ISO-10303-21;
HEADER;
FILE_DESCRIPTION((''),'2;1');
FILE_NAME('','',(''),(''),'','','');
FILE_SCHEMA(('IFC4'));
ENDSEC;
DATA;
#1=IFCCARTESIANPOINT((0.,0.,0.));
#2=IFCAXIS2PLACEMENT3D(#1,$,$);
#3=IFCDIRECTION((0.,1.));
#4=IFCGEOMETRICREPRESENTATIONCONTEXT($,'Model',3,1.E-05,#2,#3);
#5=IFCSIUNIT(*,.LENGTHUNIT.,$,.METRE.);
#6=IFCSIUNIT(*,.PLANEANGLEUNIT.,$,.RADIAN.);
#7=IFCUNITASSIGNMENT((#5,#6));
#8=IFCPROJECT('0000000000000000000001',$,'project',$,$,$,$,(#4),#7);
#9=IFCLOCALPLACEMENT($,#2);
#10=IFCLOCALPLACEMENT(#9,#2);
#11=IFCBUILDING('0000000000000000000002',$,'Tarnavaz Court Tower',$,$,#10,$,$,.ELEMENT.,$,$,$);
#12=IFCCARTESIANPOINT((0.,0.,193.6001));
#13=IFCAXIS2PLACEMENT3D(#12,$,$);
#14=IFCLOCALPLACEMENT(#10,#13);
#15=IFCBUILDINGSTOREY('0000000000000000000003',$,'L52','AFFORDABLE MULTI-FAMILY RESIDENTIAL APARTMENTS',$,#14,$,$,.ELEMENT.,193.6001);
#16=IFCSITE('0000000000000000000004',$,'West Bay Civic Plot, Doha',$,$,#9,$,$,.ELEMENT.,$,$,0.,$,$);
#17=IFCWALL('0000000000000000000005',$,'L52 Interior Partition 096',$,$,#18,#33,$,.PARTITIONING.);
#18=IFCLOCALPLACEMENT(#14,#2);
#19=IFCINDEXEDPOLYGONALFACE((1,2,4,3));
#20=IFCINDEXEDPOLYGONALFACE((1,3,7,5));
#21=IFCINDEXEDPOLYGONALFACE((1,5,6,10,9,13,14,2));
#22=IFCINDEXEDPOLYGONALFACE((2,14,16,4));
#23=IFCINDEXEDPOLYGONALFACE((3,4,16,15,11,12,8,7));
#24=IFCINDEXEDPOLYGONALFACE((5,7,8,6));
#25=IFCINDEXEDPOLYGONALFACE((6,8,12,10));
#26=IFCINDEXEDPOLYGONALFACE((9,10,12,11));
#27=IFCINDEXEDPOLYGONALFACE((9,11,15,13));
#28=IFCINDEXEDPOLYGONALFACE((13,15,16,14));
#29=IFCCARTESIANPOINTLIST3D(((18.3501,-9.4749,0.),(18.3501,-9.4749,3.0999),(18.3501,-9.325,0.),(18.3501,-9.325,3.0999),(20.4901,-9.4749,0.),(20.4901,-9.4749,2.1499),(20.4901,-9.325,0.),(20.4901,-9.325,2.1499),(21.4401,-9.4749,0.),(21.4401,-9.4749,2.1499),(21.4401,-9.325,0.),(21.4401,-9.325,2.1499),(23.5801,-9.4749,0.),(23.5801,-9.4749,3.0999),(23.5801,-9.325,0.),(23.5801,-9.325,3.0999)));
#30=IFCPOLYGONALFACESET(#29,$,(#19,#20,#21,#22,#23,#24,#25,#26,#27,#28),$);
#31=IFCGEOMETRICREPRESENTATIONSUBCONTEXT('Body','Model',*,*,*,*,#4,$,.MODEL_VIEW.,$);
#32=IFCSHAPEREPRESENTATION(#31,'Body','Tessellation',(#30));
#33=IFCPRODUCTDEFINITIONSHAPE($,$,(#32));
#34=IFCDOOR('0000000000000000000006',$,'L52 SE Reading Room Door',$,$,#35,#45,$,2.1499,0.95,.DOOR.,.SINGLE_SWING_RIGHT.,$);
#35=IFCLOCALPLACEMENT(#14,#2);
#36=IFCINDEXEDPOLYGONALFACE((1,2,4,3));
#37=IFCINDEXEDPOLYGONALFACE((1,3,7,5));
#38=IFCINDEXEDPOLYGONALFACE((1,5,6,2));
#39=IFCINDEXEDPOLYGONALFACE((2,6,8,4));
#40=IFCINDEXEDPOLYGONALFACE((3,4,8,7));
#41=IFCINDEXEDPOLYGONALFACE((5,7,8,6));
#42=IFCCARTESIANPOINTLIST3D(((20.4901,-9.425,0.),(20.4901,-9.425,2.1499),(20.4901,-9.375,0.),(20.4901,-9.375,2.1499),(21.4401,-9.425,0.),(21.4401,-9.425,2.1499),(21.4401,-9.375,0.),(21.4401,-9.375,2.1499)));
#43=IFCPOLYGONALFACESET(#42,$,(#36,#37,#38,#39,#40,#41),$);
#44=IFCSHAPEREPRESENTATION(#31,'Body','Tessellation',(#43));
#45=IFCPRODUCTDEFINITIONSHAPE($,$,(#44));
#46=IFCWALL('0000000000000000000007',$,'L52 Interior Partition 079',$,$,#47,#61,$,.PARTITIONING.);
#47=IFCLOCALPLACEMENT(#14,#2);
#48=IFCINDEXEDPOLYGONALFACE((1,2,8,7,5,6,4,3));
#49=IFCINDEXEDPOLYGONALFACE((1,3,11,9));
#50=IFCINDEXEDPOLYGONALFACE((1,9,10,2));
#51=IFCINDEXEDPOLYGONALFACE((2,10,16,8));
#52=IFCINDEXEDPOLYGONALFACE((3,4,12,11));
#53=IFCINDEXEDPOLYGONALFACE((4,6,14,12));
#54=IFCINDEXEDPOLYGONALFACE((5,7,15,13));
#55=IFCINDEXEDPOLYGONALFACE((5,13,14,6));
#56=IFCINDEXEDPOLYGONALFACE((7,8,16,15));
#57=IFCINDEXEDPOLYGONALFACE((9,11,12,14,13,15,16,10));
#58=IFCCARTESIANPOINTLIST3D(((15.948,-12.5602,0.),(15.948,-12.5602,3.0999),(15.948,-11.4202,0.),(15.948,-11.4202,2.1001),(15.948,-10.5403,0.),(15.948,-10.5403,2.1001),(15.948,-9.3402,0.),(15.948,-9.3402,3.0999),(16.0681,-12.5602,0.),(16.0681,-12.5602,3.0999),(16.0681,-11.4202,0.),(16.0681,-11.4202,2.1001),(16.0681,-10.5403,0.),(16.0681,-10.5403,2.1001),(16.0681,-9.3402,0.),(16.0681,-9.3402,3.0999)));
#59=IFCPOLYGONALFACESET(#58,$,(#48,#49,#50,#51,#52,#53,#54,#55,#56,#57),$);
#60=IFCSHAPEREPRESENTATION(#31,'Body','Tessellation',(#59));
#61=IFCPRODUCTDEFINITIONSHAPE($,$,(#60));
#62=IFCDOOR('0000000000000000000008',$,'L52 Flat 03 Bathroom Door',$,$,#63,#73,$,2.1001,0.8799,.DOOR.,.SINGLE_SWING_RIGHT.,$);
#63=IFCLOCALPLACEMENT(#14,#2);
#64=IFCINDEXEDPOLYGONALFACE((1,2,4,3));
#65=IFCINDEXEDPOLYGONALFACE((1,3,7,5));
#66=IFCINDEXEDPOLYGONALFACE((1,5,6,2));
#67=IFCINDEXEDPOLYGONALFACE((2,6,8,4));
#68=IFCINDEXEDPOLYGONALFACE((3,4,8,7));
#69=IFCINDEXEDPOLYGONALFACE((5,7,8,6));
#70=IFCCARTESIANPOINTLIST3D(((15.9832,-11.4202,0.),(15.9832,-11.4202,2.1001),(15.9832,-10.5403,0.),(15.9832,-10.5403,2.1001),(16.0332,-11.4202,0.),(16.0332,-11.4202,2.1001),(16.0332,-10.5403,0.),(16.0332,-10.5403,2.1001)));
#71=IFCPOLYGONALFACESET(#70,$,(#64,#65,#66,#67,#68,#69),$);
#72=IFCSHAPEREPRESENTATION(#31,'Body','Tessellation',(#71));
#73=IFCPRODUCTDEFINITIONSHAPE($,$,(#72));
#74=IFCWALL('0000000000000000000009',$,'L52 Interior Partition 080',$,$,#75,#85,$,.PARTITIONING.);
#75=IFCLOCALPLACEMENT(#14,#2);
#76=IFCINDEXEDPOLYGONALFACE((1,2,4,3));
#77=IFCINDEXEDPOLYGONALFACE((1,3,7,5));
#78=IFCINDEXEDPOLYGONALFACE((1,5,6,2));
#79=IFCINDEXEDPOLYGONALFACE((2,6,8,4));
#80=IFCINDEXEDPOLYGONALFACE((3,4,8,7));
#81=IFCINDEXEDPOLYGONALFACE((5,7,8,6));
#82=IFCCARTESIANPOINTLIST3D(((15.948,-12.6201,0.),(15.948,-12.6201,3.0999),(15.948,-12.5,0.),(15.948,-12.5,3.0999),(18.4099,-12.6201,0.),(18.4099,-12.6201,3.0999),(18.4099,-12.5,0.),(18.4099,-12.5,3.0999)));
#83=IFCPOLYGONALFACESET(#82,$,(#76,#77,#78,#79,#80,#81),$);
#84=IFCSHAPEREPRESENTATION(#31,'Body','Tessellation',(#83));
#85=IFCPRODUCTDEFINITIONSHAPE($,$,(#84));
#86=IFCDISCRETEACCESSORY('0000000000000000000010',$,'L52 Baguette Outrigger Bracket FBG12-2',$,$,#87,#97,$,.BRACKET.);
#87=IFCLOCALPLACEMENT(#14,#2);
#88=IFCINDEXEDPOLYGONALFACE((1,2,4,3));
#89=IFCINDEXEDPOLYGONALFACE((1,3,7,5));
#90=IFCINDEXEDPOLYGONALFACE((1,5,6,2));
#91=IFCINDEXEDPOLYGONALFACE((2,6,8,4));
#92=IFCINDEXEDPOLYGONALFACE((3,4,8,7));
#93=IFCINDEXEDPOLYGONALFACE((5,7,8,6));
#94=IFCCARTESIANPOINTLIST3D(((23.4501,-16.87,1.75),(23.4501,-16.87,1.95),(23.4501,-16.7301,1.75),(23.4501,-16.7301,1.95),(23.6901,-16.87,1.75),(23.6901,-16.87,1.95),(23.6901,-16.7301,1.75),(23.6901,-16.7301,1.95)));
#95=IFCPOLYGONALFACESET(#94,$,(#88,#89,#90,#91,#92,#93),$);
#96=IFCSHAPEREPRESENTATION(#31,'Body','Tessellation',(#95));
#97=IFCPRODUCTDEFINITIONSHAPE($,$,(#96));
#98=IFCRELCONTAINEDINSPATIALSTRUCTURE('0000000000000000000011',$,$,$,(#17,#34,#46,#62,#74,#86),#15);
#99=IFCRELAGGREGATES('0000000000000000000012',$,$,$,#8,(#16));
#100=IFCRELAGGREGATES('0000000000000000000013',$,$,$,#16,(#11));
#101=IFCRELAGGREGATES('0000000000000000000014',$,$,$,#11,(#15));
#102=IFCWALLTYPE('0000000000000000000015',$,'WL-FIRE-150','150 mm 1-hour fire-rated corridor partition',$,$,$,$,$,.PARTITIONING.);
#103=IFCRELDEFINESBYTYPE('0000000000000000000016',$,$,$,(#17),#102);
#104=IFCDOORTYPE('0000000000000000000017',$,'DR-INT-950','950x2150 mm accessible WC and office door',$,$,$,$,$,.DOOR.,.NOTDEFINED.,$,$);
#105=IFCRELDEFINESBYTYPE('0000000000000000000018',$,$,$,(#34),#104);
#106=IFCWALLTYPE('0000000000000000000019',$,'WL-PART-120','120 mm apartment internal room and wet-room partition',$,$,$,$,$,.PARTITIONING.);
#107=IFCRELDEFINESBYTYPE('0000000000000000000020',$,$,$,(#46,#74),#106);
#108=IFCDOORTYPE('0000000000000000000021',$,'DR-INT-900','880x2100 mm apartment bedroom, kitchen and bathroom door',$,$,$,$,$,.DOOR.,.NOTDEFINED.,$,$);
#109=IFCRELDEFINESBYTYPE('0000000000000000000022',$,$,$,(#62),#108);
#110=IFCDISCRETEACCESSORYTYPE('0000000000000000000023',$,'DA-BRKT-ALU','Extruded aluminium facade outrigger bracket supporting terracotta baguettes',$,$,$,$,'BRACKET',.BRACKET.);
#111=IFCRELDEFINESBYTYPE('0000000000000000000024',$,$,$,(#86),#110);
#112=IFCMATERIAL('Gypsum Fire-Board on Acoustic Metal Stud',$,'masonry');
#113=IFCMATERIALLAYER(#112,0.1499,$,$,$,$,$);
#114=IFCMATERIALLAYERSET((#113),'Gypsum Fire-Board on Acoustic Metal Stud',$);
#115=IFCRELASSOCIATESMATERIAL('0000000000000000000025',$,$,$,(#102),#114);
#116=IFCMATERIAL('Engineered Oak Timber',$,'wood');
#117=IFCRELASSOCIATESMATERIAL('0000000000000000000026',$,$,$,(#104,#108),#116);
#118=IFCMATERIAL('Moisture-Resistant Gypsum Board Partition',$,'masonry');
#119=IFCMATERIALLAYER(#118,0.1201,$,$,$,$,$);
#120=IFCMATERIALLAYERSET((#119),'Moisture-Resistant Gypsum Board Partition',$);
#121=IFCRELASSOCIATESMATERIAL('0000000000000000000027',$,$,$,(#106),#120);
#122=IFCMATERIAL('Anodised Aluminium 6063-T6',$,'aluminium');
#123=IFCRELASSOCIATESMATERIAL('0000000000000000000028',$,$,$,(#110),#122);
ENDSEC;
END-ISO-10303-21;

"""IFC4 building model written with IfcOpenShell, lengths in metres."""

from ifc_helpers import new_model, si_unit, direction, frame, frame_2d, origin, origin_2d, place, context, subcontext, project, spatial, rectangle, extrude, material, layer, layer_set, type_object, element, fill, save


model = new_model("IFC4")

# Units and contexts
model_context = context("Model", 3, precision=1e-05, world=origin(), true_north=direction((0.0, 1.0)))
body_context = subcontext(model_context, "Body", "Model", "MODEL_VIEW")
ifc_project = project(units=[si_unit("LENGTHUNIT", "METRE"), si_unit("PLANEANGLEUNIT", "RADIAN")], contexts=[model_context])

# Site, building, storey
site_placement = place(None, origin())
site = spatial("IfcSite", under=ifc_project, at=site_placement, Name="West Bay Civic Plot, Doha", CompositionType="ELEMENT", RefElevation=0.0)
building_placement = place(site_placement, origin())
building = spatial("IfcBuilding", under=site, at=building_placement, Name="Tarnavaz Court Tower", CompositionType="ELEMENT")
storey_placement = place(building_placement, frame((0.0, 0.0, 193.6001)))
storey = spatial("IfcBuildingStorey", under=building, at=storey_placement, Name="L52", Description="AFFORDABLE MULTI-FAMILY RESIDENTIAL APARTMENTS", CompositionType="ELEMENT", Elevation=193.6001)

# Walls, openings, doors
ifc_material_1 = material(Name="Gypsum Fire-Board on Acoustic Metal Stud", Category="masonry")
ifc_layer_1 = layer(ifc_material_1, 0.1499)
ifc_layer_set_1 = layer_set([ifc_layer_1], Name="Gypsum Fire-Board on Acoustic Metal Stud")
wall_type_1 = type_object("IfcWallType", Name="WL-FIRE-150", Description="150 mm 1-hour fire-rated corridor partition", PredefinedType="PARTITIONING", material=ifc_layer_set_1)
ifc_material_2 = material(Name="Engineered Oak Timber", Category="wood")
wall_1_placement = place(storey_placement, frame((18.3501, -9.3999, 0.0), z_axis=(0.0, 0.0, 1.0), x_axis=(1.0, 0.0, 0.0)))
wall_1 = element("IfcWall", 1, at=wall_1_placement, inside=storey, type_object=wall_type_1, Name="L52 Interior Partition 096", PredefinedType="PARTITIONING", context=body_context, shape_type="SweptSolid", body=[
    extrude(rectangle(XDim=5.23, YDim=0.1499, at=frame_2d((2.615, 0.0))), origin(), (0.0, 0.0, 1.0), 3.0999),
])
opening_1_placement = place(wall_1_placement, frame((2.1399, 0.0, 0.0)))
opening_1 = element("IfcOpeningElement", 2, at=opening_1_placement, cuts=wall_1, PredefinedType="OPENING", context=body_context, shape_type="SweptSolid", body=[
    extrude(rectangle(XDim=0.95, YDim=2.1499, at=frame_2d((0.4751, 1.075))), frame((0.0, 0.085, 0.0), z_axis=(0.0, -1.0, 0.0), x_axis=(1.0, 0.0, 0.0)), (0.0, 0.0, 1.0), 0.1699),
])
door_type_1 = type_object("IfcDoorType", Name="DR-INT-950", Description="950x2150 mm accessible WC and office door", OperationType="NOTDEFINED", PredefinedType="DOOR", material=ifc_material_2)
door_1_placement = place(opening_1_placement, origin())
door_1 = element("IfcDoor", 3, at=door_1_placement, inside=storey, type_object=door_type_1, Name="L52 SE Reading Room Door", OperationType="SINGLE_SWING_RIGHT", OverallHeight=2.1499, OverallWidth=0.95, PredefinedType="DOOR", context=body_context, shape_type="SweptSolid", body=[
    extrude(rectangle(XDim=0.95, YDim=2.1499, at=frame_2d((0.4751, 1.075))), frame((0.0, 0.0249, 0.0), z_axis=(0.0, -1.0, 0.0), x_axis=(1.0, 0.0, 0.0)), (0.0, 0.0, 1.0), 0.05),
])
fill(opening_1, door_1)
ifc_material_3 = material(Name="Moisture-Resistant Gypsum Board Partition", Category="masonry")
ifc_layer_2 = layer(ifc_material_3, 0.1201)
ifc_layer_set_2 = layer_set([ifc_layer_2], Name="Moisture-Resistant Gypsum Board Partition")
wall_type_2 = type_object("IfcWallType", Name="WL-PART-120", Description="120 mm apartment internal room and wet-room partition", PredefinedType="PARTITIONING", material=ifc_layer_set_2)
wall_2_placement = place(storey_placement, frame((16.0081, -12.5601, 0.0), z_axis=(0.0, 0.0, 1.0), x_axis=(0.0, 1.0, 0.0)))
wall_2 = element("IfcWall", 4, at=wall_2_placement, inside=storey, type_object=wall_type_2, Name="L52 Interior Partition 079", PredefinedType="PARTITIONING", context=body_context, shape_type="SweptSolid", body=[
    extrude(rectangle(XDim=3.22, YDim=0.1201, at=frame_2d((1.6099, 0.0))), origin(), (0.0, 0.0, 1.0), 3.0999),
])
opening_2_placement = place(wall_2_placement, frame((1.1399, 0.0, 0.0)))
opening_2 = element("IfcOpeningElement", 5, at=opening_2_placement, cuts=wall_2, PredefinedType="OPENING", context=body_context, shape_type="SweptSolid", body=[
    extrude(rectangle(XDim=0.8799, YDim=2.1001, at=frame_2d((0.4399, 1.05))), frame((0.0, 0.0701, 0.0), z_axis=(0.0, -1.0, 0.0), x_axis=(1.0, 0.0, 0.0)), (0.0, 0.0, 1.0), 0.1401),
])
door_type_2 = type_object("IfcDoorType", Name="DR-INT-900", Description="880x2100 mm apartment bedroom, kitchen and bathroom door", OperationType="NOTDEFINED", PredefinedType="DOOR", material=ifc_material_2)
door_2_placement = place(opening_2_placement, origin())
door_2 = element("IfcDoor", 6, at=door_2_placement, inside=storey, type_object=door_type_2, Name="L52 Flat 03 Bathroom Door", OperationType="SINGLE_SWING_RIGHT", OverallHeight=2.1001, OverallWidth=0.8799, PredefinedType="DOOR", context=body_context, shape_type="SweptSolid", body=[
    extrude(rectangle(XDim=0.8799, YDim=2.1001, at=frame_2d((0.4399, 1.05))), frame((0.0, 0.0249, 0.0), z_axis=(0.0, -1.0, 0.0), x_axis=(1.0, 0.0, 0.0)), (0.0, 0.0, 1.0), 0.05),
])
fill(opening_2, door_2)

# Wall
wall_3_placement = place(storey_placement, frame((15.948, -12.5601, 0.0), z_axis=(0.0, 0.0, 1.0), x_axis=(1.0, 0.0, 0.0)))
element("IfcWall", 7, at=wall_3_placement, inside=storey, type_object=wall_type_2, Name="L52 Interior Partition 080", PredefinedType="PARTITIONING", context=body_context, shape_type="SweptSolid", body=[
    extrude(rectangle(XDim=2.4619, YDim=0.1201, at=frame_2d((1.231, 0.0))), origin(), (0.0, 0.0, 1.0), 3.0999),
])

# Discrete accessory
ifc_material_4 = material(Name="Anodised Aluminium 6063-T6", Category="aluminium")
discrete_accessory_type = type_object("IfcDiscreteAccessoryType", Name="DA-BRKT-ALU", Description="Extruded aluminium facade outrigger bracket supporting terracotta baguettes", ElementType="BRACKET", PredefinedType="BRACKET", material=ifc_material_4)
discrete_accessory_placement = place(storey_placement, frame((23.5701, -16.8, 1.75), z_axis=(0.0, 0.0, 1.0), x_axis=(0.0, -1.0, 0.0)))
element("IfcDiscreteAccessory", 8, at=discrete_accessory_placement, inside=storey, type_object=discrete_accessory_type, Name="L52 Baguette Outrigger Bracket FBG12-2", PredefinedType="BRACKET", context=body_context, shape_type="SweptSolid", body=[
    extrude(rectangle(XDim=0.1399, YDim=0.24, at=origin_2d()), origin(), (0.0, 0.0, 1.0), 0.2),
])

save(model, "model.ifc")
